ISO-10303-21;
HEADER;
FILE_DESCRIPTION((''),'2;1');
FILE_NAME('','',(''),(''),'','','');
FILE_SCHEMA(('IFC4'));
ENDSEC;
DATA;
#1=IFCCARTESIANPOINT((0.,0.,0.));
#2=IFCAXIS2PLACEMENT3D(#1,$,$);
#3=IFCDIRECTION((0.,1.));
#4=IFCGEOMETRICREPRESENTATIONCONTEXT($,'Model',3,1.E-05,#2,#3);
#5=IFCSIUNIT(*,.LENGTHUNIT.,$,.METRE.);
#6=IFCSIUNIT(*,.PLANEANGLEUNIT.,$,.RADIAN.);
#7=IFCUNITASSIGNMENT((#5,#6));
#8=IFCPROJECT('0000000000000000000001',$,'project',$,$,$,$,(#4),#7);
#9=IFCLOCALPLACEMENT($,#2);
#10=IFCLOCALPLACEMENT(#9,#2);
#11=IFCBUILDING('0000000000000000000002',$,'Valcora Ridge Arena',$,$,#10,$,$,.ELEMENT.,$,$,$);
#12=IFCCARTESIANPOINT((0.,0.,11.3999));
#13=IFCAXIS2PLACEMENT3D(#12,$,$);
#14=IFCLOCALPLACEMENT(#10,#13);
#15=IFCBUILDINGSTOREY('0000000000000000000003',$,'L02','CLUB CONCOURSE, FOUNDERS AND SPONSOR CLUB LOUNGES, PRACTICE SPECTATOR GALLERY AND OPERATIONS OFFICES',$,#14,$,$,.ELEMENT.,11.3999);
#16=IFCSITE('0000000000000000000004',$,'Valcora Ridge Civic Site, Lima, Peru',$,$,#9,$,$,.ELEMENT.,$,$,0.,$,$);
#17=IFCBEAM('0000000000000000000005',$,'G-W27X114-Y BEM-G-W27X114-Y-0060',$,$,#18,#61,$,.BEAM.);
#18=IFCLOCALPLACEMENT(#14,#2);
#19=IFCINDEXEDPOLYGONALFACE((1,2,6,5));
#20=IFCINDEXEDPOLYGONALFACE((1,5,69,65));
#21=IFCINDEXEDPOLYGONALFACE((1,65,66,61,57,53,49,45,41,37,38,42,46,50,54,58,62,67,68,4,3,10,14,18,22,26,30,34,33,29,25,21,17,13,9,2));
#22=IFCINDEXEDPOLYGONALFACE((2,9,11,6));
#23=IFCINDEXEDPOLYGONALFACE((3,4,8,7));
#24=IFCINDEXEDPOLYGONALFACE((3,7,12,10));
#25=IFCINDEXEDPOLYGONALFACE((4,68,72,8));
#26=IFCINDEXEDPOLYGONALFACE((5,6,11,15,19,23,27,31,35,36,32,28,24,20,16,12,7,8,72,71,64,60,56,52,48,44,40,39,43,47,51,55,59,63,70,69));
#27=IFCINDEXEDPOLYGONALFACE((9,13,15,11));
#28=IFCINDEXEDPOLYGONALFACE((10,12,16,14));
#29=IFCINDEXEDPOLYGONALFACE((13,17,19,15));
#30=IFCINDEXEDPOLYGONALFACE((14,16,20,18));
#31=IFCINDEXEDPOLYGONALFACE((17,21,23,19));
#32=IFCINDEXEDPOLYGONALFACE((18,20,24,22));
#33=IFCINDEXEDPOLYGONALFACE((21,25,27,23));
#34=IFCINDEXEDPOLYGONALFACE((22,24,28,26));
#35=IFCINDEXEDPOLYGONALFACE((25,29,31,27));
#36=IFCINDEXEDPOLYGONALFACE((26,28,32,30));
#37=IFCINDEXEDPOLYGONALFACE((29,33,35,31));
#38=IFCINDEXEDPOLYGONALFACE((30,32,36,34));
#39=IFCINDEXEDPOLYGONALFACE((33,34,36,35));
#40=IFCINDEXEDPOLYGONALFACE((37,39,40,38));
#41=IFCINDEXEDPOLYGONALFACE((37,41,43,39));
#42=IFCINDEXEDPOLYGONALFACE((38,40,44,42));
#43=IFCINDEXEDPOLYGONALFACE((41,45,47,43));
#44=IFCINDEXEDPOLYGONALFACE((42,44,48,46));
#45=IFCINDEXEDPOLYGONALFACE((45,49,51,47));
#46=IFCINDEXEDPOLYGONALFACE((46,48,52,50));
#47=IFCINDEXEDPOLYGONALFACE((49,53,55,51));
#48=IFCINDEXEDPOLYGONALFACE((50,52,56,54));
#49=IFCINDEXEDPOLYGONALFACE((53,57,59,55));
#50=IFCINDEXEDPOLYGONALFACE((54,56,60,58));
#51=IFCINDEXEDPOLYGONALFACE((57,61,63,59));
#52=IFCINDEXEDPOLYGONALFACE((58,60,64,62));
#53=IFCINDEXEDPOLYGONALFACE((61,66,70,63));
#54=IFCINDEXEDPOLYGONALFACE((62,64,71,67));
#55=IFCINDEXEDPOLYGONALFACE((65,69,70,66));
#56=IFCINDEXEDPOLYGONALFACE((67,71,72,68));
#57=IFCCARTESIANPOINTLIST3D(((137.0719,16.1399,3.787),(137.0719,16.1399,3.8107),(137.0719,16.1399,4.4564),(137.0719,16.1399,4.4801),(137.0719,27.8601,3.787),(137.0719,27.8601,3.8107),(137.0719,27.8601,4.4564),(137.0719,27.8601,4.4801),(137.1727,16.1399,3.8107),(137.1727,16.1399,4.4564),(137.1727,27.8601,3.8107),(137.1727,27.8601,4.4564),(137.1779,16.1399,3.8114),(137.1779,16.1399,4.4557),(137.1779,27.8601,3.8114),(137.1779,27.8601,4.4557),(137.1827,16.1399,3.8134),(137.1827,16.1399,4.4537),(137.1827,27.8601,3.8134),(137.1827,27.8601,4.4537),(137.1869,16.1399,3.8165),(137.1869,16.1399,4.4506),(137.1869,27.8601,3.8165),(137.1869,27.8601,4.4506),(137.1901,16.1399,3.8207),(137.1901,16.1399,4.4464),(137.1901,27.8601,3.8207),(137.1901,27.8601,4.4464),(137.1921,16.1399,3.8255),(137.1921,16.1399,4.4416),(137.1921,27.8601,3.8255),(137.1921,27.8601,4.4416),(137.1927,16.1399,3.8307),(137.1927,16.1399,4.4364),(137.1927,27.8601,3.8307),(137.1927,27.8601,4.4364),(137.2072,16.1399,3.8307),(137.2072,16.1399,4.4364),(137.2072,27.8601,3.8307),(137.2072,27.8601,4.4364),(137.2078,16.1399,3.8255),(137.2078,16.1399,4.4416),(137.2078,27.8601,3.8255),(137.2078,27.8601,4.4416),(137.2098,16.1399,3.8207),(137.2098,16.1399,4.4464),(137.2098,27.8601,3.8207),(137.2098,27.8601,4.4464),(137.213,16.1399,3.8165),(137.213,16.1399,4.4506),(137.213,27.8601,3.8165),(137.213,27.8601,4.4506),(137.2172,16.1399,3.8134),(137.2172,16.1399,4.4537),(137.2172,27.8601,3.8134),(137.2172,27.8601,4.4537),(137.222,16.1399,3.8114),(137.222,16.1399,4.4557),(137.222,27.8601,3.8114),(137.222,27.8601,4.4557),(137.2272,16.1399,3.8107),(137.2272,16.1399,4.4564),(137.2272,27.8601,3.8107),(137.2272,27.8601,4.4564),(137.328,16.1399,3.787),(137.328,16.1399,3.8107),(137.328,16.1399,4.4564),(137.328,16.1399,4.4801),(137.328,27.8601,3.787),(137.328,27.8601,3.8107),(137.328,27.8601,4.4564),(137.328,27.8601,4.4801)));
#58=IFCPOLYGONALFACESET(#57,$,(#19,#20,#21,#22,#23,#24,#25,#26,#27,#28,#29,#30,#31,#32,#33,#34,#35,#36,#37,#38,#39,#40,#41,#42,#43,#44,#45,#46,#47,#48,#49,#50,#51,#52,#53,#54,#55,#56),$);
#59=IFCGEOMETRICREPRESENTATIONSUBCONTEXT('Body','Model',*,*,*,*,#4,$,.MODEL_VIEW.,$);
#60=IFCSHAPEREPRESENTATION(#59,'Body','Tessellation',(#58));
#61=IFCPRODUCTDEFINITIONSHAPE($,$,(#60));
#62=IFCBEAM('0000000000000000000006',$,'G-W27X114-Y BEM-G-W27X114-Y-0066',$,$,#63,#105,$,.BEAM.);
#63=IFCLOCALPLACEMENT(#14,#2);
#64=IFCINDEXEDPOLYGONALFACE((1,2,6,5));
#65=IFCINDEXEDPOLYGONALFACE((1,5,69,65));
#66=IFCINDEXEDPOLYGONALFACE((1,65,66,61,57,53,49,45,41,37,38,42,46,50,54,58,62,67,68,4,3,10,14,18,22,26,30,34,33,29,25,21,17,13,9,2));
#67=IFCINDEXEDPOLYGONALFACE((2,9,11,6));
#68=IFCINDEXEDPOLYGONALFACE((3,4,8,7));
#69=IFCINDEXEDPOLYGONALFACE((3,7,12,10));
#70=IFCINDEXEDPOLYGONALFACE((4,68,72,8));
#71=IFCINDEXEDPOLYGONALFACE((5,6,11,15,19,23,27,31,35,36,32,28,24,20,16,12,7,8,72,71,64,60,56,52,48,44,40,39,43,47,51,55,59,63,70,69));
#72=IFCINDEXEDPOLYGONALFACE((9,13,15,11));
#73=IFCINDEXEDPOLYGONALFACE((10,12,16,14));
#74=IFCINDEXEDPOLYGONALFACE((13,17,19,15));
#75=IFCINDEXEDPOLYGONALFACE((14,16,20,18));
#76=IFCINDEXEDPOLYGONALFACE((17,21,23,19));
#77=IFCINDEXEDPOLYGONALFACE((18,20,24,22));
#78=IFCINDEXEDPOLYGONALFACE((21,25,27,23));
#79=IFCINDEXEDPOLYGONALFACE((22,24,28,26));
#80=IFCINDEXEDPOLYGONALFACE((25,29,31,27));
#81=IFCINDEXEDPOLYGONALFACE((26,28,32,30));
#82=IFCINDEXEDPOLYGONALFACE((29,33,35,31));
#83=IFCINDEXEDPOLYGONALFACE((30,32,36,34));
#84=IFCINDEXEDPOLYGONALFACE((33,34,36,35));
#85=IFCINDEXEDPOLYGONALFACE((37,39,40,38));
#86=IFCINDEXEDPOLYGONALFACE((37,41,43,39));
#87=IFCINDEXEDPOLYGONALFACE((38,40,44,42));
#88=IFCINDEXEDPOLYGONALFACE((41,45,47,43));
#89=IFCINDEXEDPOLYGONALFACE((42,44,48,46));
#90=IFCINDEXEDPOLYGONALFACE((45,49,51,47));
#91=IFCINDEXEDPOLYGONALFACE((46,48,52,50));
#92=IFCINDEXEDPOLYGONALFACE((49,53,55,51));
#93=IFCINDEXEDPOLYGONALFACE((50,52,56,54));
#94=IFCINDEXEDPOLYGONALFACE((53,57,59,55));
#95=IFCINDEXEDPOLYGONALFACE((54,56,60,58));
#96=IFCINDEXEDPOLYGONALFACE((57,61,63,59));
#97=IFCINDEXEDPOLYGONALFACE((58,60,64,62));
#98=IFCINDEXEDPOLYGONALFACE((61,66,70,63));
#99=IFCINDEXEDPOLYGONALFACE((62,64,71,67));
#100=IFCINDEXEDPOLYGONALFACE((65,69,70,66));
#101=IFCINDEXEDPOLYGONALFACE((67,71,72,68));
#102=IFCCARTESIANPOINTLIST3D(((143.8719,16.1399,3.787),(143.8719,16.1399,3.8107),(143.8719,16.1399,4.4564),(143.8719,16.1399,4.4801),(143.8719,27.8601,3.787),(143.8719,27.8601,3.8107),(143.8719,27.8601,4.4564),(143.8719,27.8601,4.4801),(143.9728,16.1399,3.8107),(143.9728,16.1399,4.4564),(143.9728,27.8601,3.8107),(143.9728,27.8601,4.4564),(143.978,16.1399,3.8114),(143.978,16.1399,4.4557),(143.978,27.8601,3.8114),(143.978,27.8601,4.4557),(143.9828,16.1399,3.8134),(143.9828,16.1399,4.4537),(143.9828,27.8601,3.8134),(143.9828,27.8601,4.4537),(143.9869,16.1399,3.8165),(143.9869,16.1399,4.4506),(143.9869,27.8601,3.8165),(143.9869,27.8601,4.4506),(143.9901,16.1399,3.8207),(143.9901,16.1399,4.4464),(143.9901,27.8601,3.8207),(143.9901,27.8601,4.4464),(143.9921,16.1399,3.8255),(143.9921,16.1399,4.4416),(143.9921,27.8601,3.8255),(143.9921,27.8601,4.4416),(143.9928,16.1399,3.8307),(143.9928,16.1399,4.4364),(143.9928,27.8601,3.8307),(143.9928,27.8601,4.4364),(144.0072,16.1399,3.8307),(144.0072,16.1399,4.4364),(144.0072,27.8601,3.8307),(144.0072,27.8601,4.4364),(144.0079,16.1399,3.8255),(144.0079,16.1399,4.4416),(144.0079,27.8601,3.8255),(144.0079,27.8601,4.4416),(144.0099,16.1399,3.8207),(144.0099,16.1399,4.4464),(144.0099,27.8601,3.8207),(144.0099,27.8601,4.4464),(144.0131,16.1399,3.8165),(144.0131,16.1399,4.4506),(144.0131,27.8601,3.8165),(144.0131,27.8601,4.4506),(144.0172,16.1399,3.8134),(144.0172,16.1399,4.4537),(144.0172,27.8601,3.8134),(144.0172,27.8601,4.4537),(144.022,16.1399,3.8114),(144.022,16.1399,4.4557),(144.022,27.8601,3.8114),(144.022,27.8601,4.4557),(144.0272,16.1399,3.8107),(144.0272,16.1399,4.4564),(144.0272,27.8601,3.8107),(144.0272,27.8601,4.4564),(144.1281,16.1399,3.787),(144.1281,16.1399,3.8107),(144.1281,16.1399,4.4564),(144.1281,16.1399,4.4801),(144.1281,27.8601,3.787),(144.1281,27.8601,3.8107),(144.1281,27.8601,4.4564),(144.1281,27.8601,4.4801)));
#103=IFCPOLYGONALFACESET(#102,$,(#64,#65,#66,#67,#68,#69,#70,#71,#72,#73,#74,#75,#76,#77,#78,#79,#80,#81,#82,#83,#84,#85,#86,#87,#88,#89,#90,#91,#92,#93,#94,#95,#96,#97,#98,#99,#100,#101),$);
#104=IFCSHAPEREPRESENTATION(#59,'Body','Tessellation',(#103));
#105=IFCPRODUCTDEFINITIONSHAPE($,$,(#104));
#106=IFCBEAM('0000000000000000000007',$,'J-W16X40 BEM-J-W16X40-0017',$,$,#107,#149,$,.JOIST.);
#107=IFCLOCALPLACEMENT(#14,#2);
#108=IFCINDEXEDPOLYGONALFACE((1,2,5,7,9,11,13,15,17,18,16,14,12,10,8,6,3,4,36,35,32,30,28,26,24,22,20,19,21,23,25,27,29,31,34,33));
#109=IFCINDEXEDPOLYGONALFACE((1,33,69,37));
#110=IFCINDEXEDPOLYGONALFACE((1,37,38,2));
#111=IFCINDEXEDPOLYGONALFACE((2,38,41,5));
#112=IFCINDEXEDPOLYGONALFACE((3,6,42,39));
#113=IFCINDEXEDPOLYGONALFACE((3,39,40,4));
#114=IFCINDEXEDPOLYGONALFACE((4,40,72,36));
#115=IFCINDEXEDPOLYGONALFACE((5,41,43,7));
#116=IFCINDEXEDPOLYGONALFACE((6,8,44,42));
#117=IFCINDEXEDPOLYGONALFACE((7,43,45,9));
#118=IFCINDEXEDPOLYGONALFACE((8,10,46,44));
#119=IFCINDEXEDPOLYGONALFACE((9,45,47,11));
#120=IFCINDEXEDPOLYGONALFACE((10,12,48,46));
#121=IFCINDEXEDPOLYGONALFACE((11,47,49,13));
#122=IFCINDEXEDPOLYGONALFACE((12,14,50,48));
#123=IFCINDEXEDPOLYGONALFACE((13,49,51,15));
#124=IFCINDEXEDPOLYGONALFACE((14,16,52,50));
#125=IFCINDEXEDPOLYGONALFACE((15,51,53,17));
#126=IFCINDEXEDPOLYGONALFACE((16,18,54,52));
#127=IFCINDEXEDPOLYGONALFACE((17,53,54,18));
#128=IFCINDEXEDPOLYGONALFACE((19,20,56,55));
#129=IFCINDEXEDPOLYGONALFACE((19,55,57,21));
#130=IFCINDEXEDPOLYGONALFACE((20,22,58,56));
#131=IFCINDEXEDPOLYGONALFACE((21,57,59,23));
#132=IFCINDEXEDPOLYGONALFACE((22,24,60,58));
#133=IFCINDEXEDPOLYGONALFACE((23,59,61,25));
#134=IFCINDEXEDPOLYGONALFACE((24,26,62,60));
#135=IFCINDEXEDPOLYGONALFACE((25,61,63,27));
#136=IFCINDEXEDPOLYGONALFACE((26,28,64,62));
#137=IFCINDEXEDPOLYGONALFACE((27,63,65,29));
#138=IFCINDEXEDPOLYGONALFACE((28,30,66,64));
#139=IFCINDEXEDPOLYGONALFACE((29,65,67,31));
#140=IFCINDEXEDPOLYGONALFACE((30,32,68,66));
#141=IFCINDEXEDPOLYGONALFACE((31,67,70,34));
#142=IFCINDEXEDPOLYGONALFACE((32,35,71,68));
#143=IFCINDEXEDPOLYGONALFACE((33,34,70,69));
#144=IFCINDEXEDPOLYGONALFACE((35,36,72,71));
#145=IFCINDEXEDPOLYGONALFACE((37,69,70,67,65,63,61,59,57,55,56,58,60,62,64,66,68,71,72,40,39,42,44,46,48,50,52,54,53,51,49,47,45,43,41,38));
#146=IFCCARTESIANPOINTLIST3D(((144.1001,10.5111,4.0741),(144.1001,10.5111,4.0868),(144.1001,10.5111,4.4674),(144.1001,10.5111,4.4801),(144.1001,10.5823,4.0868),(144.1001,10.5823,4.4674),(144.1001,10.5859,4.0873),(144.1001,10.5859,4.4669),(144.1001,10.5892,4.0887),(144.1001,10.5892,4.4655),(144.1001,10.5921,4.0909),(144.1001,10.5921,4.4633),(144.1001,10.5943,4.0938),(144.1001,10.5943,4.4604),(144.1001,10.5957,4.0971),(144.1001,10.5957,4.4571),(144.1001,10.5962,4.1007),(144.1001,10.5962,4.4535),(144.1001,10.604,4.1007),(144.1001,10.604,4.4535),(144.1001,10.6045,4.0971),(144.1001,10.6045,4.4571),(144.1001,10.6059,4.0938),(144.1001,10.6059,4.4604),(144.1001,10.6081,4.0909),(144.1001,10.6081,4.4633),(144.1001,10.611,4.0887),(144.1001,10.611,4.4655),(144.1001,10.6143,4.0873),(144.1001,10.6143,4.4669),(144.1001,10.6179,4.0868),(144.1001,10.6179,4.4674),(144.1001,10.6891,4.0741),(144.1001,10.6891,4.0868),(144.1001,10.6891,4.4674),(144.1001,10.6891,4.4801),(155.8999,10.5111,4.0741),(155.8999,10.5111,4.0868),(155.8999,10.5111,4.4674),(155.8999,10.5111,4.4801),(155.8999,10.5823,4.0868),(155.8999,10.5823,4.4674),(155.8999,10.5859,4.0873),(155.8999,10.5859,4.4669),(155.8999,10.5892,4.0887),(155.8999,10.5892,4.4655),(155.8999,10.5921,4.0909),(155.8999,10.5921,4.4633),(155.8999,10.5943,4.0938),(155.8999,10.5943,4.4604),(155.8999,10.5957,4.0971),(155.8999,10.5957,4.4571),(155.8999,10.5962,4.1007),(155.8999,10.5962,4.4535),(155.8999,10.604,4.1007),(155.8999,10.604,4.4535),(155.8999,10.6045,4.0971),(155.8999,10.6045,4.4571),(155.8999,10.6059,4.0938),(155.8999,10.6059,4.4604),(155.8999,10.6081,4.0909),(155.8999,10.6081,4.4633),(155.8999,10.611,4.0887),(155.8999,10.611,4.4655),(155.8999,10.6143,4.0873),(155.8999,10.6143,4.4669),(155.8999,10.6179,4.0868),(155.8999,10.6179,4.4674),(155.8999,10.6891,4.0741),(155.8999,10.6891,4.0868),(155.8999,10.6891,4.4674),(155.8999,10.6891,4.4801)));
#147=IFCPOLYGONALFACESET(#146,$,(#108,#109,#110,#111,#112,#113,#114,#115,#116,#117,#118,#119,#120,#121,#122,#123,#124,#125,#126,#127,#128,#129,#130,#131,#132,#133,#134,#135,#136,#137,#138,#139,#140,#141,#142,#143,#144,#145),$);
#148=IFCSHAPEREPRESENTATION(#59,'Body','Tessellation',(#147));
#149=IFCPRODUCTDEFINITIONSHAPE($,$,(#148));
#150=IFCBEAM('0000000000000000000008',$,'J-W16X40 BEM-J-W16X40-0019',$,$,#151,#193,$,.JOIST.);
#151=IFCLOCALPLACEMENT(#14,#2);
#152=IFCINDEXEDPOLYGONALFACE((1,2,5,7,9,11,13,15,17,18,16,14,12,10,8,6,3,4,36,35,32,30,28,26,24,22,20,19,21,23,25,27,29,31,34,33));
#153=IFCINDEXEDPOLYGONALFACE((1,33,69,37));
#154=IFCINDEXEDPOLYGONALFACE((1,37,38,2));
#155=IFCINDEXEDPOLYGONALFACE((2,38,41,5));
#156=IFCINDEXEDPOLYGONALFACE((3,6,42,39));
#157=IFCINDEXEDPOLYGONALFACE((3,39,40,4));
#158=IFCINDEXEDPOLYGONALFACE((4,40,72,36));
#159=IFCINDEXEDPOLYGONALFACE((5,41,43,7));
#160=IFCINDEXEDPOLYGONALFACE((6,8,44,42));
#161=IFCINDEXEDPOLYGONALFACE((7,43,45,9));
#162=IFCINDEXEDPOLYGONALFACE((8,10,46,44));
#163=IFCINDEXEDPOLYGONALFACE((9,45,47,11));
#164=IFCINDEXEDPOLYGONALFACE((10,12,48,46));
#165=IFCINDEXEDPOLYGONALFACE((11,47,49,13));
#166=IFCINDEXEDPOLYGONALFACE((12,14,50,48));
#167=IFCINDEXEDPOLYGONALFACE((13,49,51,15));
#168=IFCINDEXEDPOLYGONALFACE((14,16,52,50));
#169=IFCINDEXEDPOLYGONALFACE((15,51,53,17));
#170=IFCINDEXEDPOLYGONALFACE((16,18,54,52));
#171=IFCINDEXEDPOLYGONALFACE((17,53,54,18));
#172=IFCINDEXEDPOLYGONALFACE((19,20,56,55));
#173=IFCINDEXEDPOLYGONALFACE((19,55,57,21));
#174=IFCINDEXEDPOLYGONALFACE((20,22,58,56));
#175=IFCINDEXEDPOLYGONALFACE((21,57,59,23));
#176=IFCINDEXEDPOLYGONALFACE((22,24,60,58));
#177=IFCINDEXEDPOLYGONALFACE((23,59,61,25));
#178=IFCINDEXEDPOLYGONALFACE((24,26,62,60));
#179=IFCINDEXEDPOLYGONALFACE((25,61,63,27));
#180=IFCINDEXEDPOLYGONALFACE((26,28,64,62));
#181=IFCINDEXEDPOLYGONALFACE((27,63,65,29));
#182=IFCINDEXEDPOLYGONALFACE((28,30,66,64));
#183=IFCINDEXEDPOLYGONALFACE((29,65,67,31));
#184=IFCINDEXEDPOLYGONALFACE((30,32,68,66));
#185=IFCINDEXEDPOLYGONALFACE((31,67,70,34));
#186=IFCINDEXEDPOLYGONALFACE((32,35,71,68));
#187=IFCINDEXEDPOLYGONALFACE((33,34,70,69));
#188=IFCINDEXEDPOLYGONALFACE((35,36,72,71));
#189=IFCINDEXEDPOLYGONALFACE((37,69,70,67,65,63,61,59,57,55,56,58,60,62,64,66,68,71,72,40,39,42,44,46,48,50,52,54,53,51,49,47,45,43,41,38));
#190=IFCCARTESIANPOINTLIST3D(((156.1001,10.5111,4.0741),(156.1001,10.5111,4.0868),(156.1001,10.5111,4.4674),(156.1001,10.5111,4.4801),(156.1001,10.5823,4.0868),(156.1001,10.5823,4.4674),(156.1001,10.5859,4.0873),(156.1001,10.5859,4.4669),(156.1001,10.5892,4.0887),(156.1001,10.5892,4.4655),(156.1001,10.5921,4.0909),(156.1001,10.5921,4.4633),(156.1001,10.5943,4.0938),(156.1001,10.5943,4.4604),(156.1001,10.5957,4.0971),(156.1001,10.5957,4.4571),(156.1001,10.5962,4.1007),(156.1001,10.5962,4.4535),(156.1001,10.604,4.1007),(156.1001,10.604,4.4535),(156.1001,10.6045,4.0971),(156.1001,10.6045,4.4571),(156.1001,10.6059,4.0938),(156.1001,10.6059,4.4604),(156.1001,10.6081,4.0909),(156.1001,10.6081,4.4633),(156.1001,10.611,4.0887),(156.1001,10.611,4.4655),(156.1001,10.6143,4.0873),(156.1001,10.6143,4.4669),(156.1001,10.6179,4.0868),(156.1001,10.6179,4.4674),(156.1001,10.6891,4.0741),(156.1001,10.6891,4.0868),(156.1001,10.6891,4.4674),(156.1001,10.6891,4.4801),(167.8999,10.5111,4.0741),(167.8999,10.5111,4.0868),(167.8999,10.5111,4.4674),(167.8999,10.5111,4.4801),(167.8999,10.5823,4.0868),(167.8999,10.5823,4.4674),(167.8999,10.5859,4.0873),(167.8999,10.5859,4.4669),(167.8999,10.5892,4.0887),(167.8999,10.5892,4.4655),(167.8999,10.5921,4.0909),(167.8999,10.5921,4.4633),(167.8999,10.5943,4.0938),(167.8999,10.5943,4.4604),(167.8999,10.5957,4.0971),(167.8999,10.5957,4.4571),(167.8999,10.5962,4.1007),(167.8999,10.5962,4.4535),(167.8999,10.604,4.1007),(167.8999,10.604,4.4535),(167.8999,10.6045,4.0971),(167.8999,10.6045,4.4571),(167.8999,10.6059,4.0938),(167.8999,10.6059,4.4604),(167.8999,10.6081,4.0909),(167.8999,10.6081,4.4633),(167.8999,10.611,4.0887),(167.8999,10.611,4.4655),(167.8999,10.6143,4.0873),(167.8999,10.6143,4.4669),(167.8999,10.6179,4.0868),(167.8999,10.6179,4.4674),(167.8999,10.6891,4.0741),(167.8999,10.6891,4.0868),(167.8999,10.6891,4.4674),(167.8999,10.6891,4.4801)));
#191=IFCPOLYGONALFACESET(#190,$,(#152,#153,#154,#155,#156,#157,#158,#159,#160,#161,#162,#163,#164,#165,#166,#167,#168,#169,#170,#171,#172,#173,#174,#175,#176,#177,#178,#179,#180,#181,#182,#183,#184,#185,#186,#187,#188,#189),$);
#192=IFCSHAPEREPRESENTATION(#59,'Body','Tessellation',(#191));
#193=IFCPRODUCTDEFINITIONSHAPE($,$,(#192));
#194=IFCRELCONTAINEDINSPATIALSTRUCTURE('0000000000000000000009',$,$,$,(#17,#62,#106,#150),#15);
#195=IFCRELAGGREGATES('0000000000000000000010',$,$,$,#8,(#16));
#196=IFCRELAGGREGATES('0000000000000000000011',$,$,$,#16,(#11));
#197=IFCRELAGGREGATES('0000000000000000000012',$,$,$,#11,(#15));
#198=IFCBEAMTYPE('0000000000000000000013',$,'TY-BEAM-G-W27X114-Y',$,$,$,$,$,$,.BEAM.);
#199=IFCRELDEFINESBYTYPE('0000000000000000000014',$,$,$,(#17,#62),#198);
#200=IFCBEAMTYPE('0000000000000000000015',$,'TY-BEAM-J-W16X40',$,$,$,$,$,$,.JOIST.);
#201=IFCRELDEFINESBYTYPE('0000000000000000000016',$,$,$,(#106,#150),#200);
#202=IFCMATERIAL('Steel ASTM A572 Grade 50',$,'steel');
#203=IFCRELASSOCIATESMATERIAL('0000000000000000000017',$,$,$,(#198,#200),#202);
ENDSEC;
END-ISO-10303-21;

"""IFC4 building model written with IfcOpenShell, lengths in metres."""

from ifc_helpers import new_model, si_unit, direction, frame, origin, origin_2d, place, context, subcontext, project, spatial, i_section, extrude, material, material_profile, profile_set, type_object, element, save


model = new_model("IFC4")

# Units and contexts
model_context = context("Model", 3, precision=1e-05, world=origin(), true_north=direction((0.0, 1.0)))
body_context = subcontext(model_context, "Body", "Model", "MODEL_VIEW")
ifc_project = project(units=[si_unit("LENGTHUNIT", "METRE"), si_unit("PLANEANGLEUNIT", "RADIAN")], contexts=[model_context])

# Site, building, storey
site_placement = place(None, origin())
site = spatial("IfcSite", under=ifc_project, at=site_placement, Name="Valcora Ridge Civic Site, Lima, Peru", CompositionType="ELEMENT", RefElevation=0.0)
building_placement = place(site_placement, origin())
building = spatial("IfcBuilding", under=site, at=building_placement, Name="Valcora Ridge Arena", CompositionType="ELEMENT")
storey_placement = place(building_placement, frame((0.0, 0.0, 11.3999)))
storey = spatial("IfcBuildingStorey", under=building, at=storey_placement, Name="L02", Description="CLUB CONCOURSE, FOUNDERS AND SPONSOR CLUB LOUNGES, PRACTICE SPECTATOR GALLERY AND OPERATIONS OFFICES", CompositionType="ELEMENT", Elevation=11.3999)

# Shared definitions
ifc_material_1 = material(Name="Steel ASTM A572 Grade 50", Category="steel")

# Beams
ifc_material_profile_1 = material_profile(ifc_material_1, i_section(OverallWidth=0.2561, OverallDepth=0.6931, WebThickness=0.0144, FlangeThickness=0.0237, FilletRadius=0.02, at=origin_2d()), Name="W27X114")
ifc_profile_set_1 = profile_set([ifc_material_profile_1], Name="Steel ASTM A572 Grade 50")
beam_type_1 = type_object("IfcBeamType", Name="TY-BEAM-G-W27X114-Y", PredefinedType="BEAM", material=ifc_profile_set_1)
for number, where, z_axis, x_axis, name in (
    (1, (137.2, 16.1399, 4.1335), (0.0, 1.0, 0.0), (-1.0, 0.0, 0.0), "G-W27X114-Y BEM-G-W27X114-Y-0060"),
    (2, (144.0, 16.1399, 4.1335), (0.0, 1.0, 0.0), (-1.0, 0.0, 0.0), "G-W27X114-Y BEM-G-W27X114-Y-0066"),
):
    element("IfcBeam", number, at=place(storey_placement, frame(where, z_axis=z_axis, x_axis=x_axis)), inside=storey, type_object=beam_type_1, Name=name, PredefinedType="BEAM", context=body_context, shape_type="SweptSolid", body=[
        extrude(i_section(OverallWidth=0.2561, OverallDepth=0.6931, WebThickness=0.0144, FlangeThickness=0.0237, FilletRadius=0.02, at=origin_2d()), origin(), (0.0, 0.0, 1.0), 11.7202),
    ])
ifc_material_profile_2 = material_profile(ifc_material_1, i_section(OverallWidth=0.178, OverallDepth=0.406, WebThickness=0.0078, FlangeThickness=0.0127, FilletRadius=0.0139, at=origin_2d()), Name="W16X40")
ifc_profile_set_2 = profile_set([ifc_material_profile_2], Name="Steel ASTM A572 Grade 50")
beam_type_2 = type_object("IfcBeamType", Name="TY-BEAM-J-W16X40", PredefinedType="JOIST", material=ifc_profile_set_2)
for number, where, z_axis, x_axis, name in (
    (3, (144.1001, 10.6001, 4.2771), (1.0, 0.0, 0.0), (0.0, 1.0, 0.0), "J-W16X40 BEM-J-W16X40-0017"),
    (4, (156.1001, 10.6001, 4.2771), (1.0, 0.0, 0.0), (0.0, 1.0, 0.0), "J-W16X40 BEM-J-W16X40-0019"),
):
    element("IfcBeam", number, at=place(storey_placement, frame(where, z_axis=z_axis, x_axis=x_axis)), inside=storey, type_object=beam_type_2, Name=name, PredefinedType="JOIST", context=body_context, shape_type="SweptSolid", body=[
        extrude(i_section(OverallWidth=0.178, OverallDepth=0.406, WebThickness=0.0078, FlangeThickness=0.0127, FilletRadius=0.0139, at=origin_2d()), origin(), (0.0, 0.0, 1.0), 11.7998),
    ])

save(model, "model.ifc")
